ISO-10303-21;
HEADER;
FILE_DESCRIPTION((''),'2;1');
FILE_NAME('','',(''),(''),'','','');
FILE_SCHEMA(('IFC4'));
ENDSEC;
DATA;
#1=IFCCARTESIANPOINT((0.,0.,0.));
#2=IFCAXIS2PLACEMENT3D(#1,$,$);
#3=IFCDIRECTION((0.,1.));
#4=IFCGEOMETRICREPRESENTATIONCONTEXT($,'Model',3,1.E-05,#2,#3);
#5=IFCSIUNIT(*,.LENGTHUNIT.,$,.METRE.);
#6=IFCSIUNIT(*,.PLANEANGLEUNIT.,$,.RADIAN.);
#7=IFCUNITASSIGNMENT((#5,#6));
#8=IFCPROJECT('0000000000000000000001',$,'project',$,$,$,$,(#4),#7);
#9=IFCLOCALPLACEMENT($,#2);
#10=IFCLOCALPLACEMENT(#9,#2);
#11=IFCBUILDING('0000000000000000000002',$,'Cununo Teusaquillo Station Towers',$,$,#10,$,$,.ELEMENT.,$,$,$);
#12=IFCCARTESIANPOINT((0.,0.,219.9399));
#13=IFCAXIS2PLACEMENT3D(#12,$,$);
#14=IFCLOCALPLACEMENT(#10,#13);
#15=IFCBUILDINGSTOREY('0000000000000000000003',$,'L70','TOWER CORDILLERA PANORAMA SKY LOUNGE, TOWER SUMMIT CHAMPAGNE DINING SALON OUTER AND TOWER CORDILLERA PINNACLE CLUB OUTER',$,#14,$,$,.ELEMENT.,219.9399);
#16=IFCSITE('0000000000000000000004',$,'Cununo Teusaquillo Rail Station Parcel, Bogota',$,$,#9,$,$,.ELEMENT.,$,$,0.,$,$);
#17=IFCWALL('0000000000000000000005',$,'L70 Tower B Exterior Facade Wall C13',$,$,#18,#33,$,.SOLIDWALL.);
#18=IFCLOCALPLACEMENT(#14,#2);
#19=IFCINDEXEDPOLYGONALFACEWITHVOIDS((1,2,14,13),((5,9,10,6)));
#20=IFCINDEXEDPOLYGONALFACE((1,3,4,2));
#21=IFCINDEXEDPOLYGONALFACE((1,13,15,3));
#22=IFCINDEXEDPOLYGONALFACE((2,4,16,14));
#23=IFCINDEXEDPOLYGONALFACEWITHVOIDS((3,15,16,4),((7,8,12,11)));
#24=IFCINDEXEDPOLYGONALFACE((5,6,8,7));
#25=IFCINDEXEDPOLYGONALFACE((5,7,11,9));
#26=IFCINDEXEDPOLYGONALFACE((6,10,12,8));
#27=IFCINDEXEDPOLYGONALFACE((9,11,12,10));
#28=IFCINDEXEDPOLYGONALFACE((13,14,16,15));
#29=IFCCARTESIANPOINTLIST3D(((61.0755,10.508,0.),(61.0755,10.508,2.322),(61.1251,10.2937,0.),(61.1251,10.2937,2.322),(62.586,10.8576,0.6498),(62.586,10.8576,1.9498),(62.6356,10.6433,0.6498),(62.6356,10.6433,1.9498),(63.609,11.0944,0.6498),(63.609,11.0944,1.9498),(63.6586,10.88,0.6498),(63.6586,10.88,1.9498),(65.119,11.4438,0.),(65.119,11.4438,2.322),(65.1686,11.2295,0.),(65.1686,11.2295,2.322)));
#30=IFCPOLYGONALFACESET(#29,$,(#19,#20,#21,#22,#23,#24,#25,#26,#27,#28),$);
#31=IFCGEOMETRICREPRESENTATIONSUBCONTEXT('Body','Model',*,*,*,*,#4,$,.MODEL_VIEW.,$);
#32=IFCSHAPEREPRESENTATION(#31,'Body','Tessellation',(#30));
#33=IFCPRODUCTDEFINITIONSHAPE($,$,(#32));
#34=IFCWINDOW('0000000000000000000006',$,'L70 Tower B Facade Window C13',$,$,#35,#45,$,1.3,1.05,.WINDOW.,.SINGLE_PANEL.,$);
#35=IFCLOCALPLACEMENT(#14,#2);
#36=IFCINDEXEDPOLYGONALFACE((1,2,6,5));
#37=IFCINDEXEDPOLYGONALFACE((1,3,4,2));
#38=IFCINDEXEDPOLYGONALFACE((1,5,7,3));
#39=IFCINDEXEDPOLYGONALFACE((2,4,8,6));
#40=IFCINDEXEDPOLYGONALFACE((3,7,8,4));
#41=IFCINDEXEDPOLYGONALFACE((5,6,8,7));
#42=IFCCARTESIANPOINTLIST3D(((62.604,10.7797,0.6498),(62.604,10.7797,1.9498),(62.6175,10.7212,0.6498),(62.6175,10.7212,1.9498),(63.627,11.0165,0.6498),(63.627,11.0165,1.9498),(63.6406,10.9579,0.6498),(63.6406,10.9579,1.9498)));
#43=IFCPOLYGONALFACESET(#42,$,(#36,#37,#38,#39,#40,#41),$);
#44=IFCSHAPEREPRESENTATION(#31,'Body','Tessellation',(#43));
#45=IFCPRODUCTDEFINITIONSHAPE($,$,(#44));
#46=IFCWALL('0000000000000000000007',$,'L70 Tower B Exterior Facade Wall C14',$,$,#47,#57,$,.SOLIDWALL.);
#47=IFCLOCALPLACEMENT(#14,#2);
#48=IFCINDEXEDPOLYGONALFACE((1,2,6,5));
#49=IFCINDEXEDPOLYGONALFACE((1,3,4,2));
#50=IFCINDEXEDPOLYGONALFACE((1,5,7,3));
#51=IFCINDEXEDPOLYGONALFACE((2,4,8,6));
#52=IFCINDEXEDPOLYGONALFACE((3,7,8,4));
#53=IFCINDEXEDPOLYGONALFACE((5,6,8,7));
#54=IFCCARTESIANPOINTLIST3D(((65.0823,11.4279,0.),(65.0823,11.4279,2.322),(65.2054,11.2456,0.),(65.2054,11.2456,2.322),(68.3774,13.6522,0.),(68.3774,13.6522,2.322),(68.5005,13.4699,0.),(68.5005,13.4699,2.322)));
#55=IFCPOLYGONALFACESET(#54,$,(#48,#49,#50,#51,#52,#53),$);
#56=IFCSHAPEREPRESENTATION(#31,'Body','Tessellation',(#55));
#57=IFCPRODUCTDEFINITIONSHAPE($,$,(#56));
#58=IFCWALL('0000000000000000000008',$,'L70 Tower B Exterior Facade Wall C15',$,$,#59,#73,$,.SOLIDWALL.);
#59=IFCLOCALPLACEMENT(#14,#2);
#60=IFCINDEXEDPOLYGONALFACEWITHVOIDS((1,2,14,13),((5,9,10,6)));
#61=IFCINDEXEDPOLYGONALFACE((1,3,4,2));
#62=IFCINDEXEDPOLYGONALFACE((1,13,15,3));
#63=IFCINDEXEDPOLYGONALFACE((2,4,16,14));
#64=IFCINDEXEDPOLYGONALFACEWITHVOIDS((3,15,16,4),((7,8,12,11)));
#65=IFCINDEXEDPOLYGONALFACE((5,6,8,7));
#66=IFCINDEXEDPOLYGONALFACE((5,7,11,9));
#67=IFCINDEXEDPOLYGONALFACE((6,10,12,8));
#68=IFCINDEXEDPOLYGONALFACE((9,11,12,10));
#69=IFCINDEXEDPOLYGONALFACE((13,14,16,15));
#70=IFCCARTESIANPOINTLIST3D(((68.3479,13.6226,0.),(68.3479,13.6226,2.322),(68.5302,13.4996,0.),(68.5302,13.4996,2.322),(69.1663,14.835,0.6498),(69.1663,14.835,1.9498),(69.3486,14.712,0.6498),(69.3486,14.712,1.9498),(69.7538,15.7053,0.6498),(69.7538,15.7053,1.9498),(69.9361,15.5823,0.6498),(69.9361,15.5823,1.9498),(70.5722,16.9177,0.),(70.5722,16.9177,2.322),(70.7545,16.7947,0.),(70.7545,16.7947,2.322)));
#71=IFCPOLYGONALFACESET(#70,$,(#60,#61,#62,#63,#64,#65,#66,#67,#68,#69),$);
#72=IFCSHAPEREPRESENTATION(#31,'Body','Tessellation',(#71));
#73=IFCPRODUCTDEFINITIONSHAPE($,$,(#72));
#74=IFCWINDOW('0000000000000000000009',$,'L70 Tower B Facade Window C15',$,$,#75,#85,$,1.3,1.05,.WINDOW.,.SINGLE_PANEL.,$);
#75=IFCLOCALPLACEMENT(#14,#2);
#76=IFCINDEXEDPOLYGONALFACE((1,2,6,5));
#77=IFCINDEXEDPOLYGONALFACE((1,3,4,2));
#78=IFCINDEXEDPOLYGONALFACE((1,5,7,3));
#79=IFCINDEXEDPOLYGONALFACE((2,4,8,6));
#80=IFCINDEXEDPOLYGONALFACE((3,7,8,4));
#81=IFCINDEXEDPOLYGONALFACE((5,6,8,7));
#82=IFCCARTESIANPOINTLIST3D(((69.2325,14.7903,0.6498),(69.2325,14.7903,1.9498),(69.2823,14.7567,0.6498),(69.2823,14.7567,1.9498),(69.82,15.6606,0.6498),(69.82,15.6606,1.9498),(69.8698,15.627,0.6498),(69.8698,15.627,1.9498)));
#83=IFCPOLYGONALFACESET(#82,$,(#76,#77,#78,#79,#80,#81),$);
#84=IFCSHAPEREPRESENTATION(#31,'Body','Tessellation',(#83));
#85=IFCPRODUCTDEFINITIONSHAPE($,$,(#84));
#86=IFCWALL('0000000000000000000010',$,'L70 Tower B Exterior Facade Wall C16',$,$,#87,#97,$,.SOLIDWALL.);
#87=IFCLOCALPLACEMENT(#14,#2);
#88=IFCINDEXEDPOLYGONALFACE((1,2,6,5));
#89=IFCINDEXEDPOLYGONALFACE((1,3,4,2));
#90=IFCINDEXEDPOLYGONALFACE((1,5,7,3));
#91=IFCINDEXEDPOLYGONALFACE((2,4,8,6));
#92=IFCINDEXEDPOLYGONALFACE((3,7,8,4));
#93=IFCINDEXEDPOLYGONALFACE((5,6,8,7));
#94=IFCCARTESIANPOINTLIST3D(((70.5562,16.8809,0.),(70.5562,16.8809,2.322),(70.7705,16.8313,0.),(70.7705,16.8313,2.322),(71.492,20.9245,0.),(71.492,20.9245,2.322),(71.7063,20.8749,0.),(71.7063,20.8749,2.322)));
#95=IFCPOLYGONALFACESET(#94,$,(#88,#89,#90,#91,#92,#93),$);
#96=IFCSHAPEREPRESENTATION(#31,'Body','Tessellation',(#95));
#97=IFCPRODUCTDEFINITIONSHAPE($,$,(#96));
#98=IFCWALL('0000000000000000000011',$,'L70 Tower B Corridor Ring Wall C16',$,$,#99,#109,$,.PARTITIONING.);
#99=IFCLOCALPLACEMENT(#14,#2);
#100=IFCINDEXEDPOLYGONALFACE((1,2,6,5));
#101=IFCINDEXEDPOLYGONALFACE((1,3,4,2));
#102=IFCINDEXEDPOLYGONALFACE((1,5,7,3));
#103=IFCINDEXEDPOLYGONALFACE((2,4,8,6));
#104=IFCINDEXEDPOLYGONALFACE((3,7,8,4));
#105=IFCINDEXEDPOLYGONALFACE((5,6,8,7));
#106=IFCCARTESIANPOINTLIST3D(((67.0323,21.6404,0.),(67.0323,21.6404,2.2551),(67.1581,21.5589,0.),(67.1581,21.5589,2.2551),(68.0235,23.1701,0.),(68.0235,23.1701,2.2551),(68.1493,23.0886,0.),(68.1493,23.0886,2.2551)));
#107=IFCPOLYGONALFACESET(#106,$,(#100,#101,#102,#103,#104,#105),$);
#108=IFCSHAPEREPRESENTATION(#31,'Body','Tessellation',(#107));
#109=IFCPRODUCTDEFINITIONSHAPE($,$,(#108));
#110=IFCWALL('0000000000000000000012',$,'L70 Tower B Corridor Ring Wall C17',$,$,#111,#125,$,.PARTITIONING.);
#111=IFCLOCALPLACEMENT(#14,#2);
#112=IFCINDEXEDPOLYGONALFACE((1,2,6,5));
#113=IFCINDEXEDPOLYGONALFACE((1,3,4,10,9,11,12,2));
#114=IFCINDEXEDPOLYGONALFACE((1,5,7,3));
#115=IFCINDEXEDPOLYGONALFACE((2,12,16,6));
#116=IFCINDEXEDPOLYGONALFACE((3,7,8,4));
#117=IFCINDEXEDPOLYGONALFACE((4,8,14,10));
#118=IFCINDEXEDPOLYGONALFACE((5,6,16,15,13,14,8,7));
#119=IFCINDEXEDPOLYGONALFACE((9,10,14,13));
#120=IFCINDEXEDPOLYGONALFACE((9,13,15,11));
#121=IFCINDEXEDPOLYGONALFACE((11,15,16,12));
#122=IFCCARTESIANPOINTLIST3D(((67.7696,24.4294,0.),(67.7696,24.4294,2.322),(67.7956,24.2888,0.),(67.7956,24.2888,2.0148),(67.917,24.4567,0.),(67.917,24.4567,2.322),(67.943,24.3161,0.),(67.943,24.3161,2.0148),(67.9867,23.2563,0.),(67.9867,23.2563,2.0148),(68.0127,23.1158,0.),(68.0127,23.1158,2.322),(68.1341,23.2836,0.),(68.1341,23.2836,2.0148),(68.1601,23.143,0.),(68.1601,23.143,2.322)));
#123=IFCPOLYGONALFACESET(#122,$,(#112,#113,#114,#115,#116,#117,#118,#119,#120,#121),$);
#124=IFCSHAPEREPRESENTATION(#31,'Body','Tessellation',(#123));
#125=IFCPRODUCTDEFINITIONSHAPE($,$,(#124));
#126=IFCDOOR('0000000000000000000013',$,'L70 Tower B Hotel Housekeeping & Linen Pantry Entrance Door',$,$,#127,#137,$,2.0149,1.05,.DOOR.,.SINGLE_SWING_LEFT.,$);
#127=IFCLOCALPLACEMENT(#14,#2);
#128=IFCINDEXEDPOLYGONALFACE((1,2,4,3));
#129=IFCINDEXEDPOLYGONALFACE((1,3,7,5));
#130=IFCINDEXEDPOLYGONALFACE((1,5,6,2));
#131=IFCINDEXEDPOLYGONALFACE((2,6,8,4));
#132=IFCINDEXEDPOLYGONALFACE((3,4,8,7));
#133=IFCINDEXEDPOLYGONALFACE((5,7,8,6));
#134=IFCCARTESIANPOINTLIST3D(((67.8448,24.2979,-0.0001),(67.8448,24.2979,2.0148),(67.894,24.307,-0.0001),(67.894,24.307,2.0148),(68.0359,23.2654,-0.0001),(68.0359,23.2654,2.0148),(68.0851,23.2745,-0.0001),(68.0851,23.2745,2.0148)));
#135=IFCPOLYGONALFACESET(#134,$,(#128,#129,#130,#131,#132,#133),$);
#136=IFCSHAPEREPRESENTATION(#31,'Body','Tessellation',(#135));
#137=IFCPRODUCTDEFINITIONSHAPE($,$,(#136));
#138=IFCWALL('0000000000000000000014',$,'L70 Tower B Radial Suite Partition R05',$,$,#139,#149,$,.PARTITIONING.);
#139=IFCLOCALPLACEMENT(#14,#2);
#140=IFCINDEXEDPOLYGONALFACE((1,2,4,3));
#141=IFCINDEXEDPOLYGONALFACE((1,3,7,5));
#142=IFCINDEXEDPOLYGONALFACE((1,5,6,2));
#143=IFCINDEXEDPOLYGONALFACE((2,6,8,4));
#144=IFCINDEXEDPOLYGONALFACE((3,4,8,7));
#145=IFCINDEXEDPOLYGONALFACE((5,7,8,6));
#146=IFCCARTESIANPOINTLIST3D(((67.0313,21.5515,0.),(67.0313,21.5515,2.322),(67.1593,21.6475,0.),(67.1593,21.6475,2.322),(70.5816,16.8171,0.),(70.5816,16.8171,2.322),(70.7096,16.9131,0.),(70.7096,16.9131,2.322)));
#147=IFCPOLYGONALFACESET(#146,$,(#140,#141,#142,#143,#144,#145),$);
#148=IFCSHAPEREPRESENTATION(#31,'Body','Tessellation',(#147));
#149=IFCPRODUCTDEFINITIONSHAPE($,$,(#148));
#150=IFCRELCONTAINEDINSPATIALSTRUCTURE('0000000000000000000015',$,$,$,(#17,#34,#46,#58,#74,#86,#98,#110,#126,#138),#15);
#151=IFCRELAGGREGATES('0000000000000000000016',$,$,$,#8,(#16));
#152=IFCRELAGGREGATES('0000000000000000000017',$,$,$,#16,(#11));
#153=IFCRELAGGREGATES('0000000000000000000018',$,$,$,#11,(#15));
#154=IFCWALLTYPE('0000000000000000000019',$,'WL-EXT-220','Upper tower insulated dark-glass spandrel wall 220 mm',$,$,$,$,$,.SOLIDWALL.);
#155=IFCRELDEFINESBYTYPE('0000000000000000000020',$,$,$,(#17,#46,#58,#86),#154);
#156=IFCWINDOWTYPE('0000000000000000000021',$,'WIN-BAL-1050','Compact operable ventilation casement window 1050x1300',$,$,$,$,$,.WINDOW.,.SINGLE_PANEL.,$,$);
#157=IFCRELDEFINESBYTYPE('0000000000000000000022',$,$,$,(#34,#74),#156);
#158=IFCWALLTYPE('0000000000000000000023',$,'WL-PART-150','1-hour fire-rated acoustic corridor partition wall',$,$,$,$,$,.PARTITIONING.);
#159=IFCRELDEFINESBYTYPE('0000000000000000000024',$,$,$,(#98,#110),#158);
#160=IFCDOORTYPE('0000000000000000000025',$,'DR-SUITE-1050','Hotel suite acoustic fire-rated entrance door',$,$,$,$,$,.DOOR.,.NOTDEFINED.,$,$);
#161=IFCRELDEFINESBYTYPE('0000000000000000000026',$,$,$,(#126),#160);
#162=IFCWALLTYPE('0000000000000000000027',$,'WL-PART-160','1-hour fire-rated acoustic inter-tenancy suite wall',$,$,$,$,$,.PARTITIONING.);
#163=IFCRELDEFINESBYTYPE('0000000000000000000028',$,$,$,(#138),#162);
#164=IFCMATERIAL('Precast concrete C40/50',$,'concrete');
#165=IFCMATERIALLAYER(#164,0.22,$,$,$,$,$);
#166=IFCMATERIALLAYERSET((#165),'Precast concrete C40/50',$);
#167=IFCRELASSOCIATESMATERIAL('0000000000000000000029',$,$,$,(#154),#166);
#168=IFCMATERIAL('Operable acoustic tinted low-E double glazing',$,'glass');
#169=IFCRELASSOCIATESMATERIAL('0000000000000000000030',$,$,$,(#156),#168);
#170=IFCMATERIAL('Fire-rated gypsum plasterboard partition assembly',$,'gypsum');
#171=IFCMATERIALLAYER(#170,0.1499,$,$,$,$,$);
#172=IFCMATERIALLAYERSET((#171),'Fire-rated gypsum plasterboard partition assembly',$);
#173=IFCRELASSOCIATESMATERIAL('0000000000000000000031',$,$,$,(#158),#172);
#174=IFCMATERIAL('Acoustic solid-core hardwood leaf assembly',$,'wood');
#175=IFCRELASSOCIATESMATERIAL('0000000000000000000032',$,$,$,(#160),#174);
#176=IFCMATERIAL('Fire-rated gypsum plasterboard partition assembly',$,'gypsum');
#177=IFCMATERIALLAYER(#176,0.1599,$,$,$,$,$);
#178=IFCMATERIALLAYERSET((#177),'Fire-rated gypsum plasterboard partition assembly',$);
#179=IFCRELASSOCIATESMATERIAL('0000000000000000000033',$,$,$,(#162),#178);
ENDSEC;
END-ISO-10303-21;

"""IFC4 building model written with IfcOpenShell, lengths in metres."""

from ifc_helpers import new_model, si_unit, direction, frame, frame_2d, origin, place, context, subcontext, project, spatial, rectangle, extrude, source, transform, mapped, material, layer, layer_set, type_object, element, fill, save


model = new_model("IFC4")

# Units and contexts
model_context = context("Model", 3, precision=1e-05, world=origin(), true_north=direction((0.0, 1.0)))
body_context = subcontext(model_context, "Body", "Model", "MODEL_VIEW")
ifc_project = project(units=[si_unit("LENGTHUNIT", "METRE"), si_unit("PLANEANGLEUNIT", "RADIAN")], contexts=[model_context])

# Site, building, storey
site_placement = place(None, origin())
site = spatial("IfcSite", under=ifc_project, at=site_placement, Name="Cununo Teusaquillo Rail Station Parcel, Bogota", CompositionType="ELEMENT", RefElevation=0.0)
building_placement = place(site_placement, origin())
building = spatial("IfcBuilding", under=site, at=building_placement, Name="Cununo Teusaquillo Station Towers", CompositionType="ELEMENT")
storey_placement = place(building_placement, frame((0.0, 0.0, 219.9399)))
storey = spatial("IfcBuildingStorey", under=building, at=storey_placement, Name="L70", Description="TOWER CORDILLERA PANORAMA SKY LOUNGE, TOWER SUMMIT CHAMPAGNE DINING SALON OUTER AND TOWER CORDILLERA PINNACLE CLUB OUTER", CompositionType="ELEMENT", Elevation=219.9399)

# Wall, opening, window
ifc_material_1 = material(Name="Precast concrete C40/50", Category="concrete")
ifc_layer_1 = layer(ifc_material_1, 0.22)
ifc_layer_set_1 = layer_set([ifc_layer_1], Name="Precast concrete C40/50")
wall_type_1 = type_object("IfcWallType", Name="WL-EXT-220", Description="Upper tower insulated dark-glass spandrel wall 220 mm", PredefinedType="SOLIDWALL", material=ifc_layer_set_1)
wall_1_placement = place(storey_placement, frame((65.1438, 11.3367, 0.0), z_axis=(0.0, 0.0, 1.0), x_axis=(-0.974249, -0.225474, 0.0)))
wall_1 = element("IfcWall", 1, at=wall_1_placement, inside=storey, type_object=wall_type_1, Name="L70 Tower B Exterior Facade Wall C13", PredefinedType="SOLIDWALL", context=body_context, shape_type="SweptSolid", body=[
    extrude(rectangle(XDim=4.1504, YDim=0.22, at=frame_2d((2.0752, 0.0))), origin(), (0.0, 0.0, 1.0), 2.322),
])
shared_shape_1 = source(origin(), body_context, "Body", "SweptSolid", [
    extrude(rectangle(XDim=1.05, YDim=1.3, at=frame_2d((0.5249, 0.6499))), frame((0.0, 0.1199, 0.0), z_axis=(0.0, -1.0, 0.0), x_axis=(1.0, 0.0, 0.0)), (0.0, 0.0, 1.0), 0.24),
])
opening_1_placement = place(wall_1_placement, frame((1.55, 0.0, 0.6499)))
opening_1 = element("IfcOpeningElement", 2, at=opening_1_placement, cuts=wall_1, PredefinedType="OPENING", context=body_context, shape_type="MappedRepresentation", body=[
    mapped(shared_shape_1, transform((0.0, 0.0, 0.0), x_axis=(1.0, 0.0, 0.0), y_axis=(0.0, 1.0, 0.0), z_axis=(0.0, 0.0, 1.0), scale=1.0)),
])
ifc_material_2 = material(Name="Operable acoustic tinted low-E double glazing", Category="glass")
window_type = type_object("IfcWindowType", Name="WIN-BAL-1050", Description="Compact operable ventilation casement window 1050x1300", PartitioningType="SINGLE_PANEL", PredefinedType="WINDOW", material=ifc_material_2)
shared_shape_2 = source(origin(), body_context, "Body", "SweptSolid", [
    extrude(rectangle(XDim=1.05, YDim=1.3, at=frame_2d((0.5249, 0.6499))), frame((0.0, 0.03, 0.0), z_axis=(0.0, -1.0, 0.0), x_axis=(1.0, 0.0, 0.0)), (0.0, 0.0, 1.0), 0.0601),
])
window_1_placement = place(opening_1_placement, origin())
window_1 = element("IfcWindow", 3, at=window_1_placement, inside=storey, type_object=window_type, Name="L70 Tower B Facade Window C13", OverallHeight=1.3, OverallWidth=1.05, PartitioningType="SINGLE_PANEL", PredefinedType="WINDOW", context=body_context, shape_type="MappedRepresentation", body=[
    mapped(shared_shape_2, transform((0.0, 0.0, 0.0), x_axis=(1.0, 0.0, 0.0), y_axis=(0.0, 1.0, 0.0), z_axis=(0.0, 0.0, 1.0), scale=1.0)),
])
fill(opening_1, window_1)

# Wall
wall_2_placement = place(storey_placement, frame((68.439, 13.561, 0.0), z_axis=(0.0, 0.0, 1.0), x_axis=(-0.828834, -0.559495, 0.0)))
element("IfcWall", 4, at=wall_2_placement, inside=storey, type_object=wall_type_1, Name="L70 Tower B Exterior Facade Wall C14", PredefinedType="SOLIDWALL", context=body_context, shape_type="SweptSolid", body=[
    extrude(rectangle(XDim=3.9756, YDim=0.22, at=frame_2d((1.9878, 0.0))), origin(), (0.0, 0.0, 1.0), 2.322),
])

# Wall, opening, window
wall_3_placement = place(storey_placement, frame((70.6633, 16.8562, 0.0), z_axis=(0.0, 0.0, 1.0), x_axis=(-0.559495, -0.828834, 0.0)))
wall_3 = element("IfcWall", 5, at=wall_3_placement, inside=storey, type_object=wall_type_1, Name="L70 Tower B Exterior Facade Wall C15", PredefinedType="SOLIDWALL", context=body_context, shape_type="SweptSolid", body=[
    extrude(rectangle(XDim=3.9756, YDim=0.22, at=frame_2d((1.9878, 0.0))), origin(), (0.0, 0.0, 1.0), 2.322),
])
opening_2_placement = place(wall_3_placement, frame((1.4629, 0.0, 0.6499)))
opening_2 = element("IfcOpeningElement", 6, at=opening_2_placement, cuts=wall_3, PredefinedType="OPENING", context=body_context, shape_type="MappedRepresentation", body=[
    mapped(shared_shape_1, transform((0.0, 0.0, 0.0), x_axis=(1.0, 0.0, 0.0), y_axis=(0.0, 1.0, 0.0), z_axis=(0.0, 0.0, 1.0), scale=1.0)),
])
window_2_placement = place(opening_2_placement, origin())
window_2 = element("IfcWindow", 7, at=window_2_placement, inside=storey, type_object=window_type, Name="L70 Tower B Facade Window C15", OverallHeight=1.3, OverallWidth=1.05, PartitioningType="SINGLE_PANEL", PredefinedType="WINDOW", context=body_context, shape_type="MappedRepresentation", body=[
    mapped(shared_shape_2, transform((0.0, 0.0, 0.0), x_axis=(1.0, 0.0, 0.0), y_axis=(0.0, 1.0, 0.0), z_axis=(0.0, 0.0, 1.0), scale=1.0)),
])
fill(opening_2, window_2)

# Walls
wall_4_placement = place(storey_placement, frame((71.5991, 20.8997, 0.0), z_axis=(0.0, 0.0, 1.0), x_axis=(-0.225474, -0.974249, 0.0)))
element("IfcWall", 8, at=wall_4_placement, inside=storey, type_object=wall_type_1, Name="L70 Tower B Exterior Facade Wall C16", PredefinedType="SOLIDWALL", context=body_context, shape_type="SweptSolid", body=[
    extrude(rectangle(XDim=4.1504, YDim=0.22, at=frame_2d((2.0752, 0.0))), origin(), (0.0, 0.0, 1.0), 2.322),
])
ifc_material_3 = material(Name="Fire-rated gypsum plasterboard partition assembly", Category="gypsum")
ifc_layer_2 = layer(ifc_material_3, 0.1499)
ifc_layer_set_2 = layer_set([ifc_layer_2], Name="Fire-rated gypsum plasterboard partition assembly")
wall_type_2 = type_object("IfcWallType", Name="WL-PART-150", Description="1-hour fire-rated acoustic corridor partition wall", PredefinedType="PARTITIONING", material=ifc_layer_set_2)
wall_5_placement = place(storey_placement, frame((67.0952, 21.5996, 0.0), z_axis=(0.0, 0.0, 1.0), x_axis=(0.543773, 0.839232, 0.0)))
element("IfcWall", 9, at=wall_5_placement, inside=storey, type_object=wall_type_2, Name="L70 Tower B Corridor Ring Wall C16", PredefinedType="PARTITIONING", context=body_context, shape_type="SweptSolid", body=[
    extrude(rectangle(XDim=1.8228, YDim=0.1499, at=frame_2d((0.9114, 0.0))), origin(), (0.0, 0.0, 1.0), 2.2551),
])

# Wall, opening, door
wall_6_placement = place(storey_placement, frame((68.0864, 23.1294, 0.0), z_axis=(0.0, 0.0, 1.0), x_axis=(-0.182004, 0.983298, 0.0)))
wall_6 = element("IfcWall", 10, at=wall_6_placement, inside=storey, type_object=wall_type_2, Name="L70 Tower B Corridor Ring Wall C17", PredefinedType="PARTITIONING", context=body_context, shape_type="SweptSolid", body=[
    extrude(rectangle(XDim=1.3359, YDim=0.1499, at=frame_2d((0.668, 0.0))), origin(), (0.0, 0.0, 1.0), 2.322),
])
shared_shape_3 = source(origin(), body_context, "Body", "SweptSolid", [
    extrude(rectangle(XDim=1.05, YDim=2.0149, at=frame_2d((0.5249, 1.0073))), frame((0.0, 0.085, 0.0), z_axis=(0.0, -1.0, 0.0), x_axis=(1.0, 0.0, 0.0)), (0.0, 0.0, 1.0), 0.1699),
])
opening_3_placement = place(wall_6_placement, frame((0.1431, 0.0, 0.0)))
opening_3 = element("IfcOpeningElement", 11, at=opening_3_placement, cuts=wall_6, PredefinedType="OPENING", context=body_context, shape_type="MappedRepresentation", body=[
    mapped(shared_shape_3, transform((0.0, 0.0, 0.0), x_axis=(1.0, 0.0, 0.0), y_axis=(0.0, 1.0, 0.0), z_axis=(0.0, 0.0, 1.0), scale=1.0)),
])
ifc_material_4 = material(Name="Acoustic solid-core hardwood leaf assembly", Category="wood")
door_type = type_object("IfcDoorType", Name="DR-SUITE-1050", Description="Hotel suite acoustic fire-rated entrance door", OperationType="NOTDEFINED", PredefinedType="DOOR", material=ifc_material_4)
shared_shape_4 = source(origin(), body_context, "Body", "SweptSolid", [
    extrude(rectangle(XDim=1.05, YDim=2.0149, at=frame_2d((0.5249, 1.0073))), frame((0.0, 0.0249, 0.0), z_axis=(0.0, -1.0, 0.0), x_axis=(1.0, 0.0, 0.0)), (0.0, 0.0, 1.0), 0.05),
])
door_placement = place(opening_3_placement, origin())
door = element("IfcDoor", 12, at=door_placement, inside=storey, type_object=door_type, Name="L70 Tower B Hotel Housekeeping & Linen Pantry Entrance Door", OperationType="SINGLE_SWING_LEFT", OverallHeight=2.0149, OverallWidth=1.05, PredefinedType="DOOR", context=body_context, shape_type="MappedRepresentation", body=[
    mapped(shared_shape_4, transform((0.0, 0.0, 0.0), x_axis=(1.0, 0.0, 0.0), y_axis=(0.0, 1.0, 0.0), z_axis=(0.0, 0.0, 1.0), scale=1.0)),
])
fill(opening_3, door)

# Wall
ifc_material_5 = material(Name="Fire-rated gypsum plasterboard partition assembly", Category="gypsum")
ifc_layer_3 = layer(ifc_material_5, 0.1599)
ifc_layer_set_3 = layer_set([ifc_layer_3], Name="Fire-rated gypsum plasterboard partition assembly")
wall_type_3 = type_object("IfcWallType", Name="WL-PART-160", Description="1-hour fire-rated acoustic inter-tenancy suite wall", PredefinedType="PARTITIONING", material=ifc_layer_set_3)
wall_7_placement = place(storey_placement, frame((67.0952, 21.5996, 0.0), z_axis=(0.0, 0.0, 1.0), x_axis=(0.599947, -0.80004, 0.0)))
element("IfcWall", 13, at=wall_7_placement, inside=storey, type_object=wall_type_3, Name="L70 Tower B Radial Suite Partition R05", PredefinedType="PARTITIONING", context=body_context, shape_type="SweptSolid", body=[
    extrude(rectangle(XDim=5.9177, YDim=0.1599, at=frame_2d((2.959, 0.0))), origin(), (0.0, 0.0, 1.0), 2.322),
])

save(model, "model.ifc")
